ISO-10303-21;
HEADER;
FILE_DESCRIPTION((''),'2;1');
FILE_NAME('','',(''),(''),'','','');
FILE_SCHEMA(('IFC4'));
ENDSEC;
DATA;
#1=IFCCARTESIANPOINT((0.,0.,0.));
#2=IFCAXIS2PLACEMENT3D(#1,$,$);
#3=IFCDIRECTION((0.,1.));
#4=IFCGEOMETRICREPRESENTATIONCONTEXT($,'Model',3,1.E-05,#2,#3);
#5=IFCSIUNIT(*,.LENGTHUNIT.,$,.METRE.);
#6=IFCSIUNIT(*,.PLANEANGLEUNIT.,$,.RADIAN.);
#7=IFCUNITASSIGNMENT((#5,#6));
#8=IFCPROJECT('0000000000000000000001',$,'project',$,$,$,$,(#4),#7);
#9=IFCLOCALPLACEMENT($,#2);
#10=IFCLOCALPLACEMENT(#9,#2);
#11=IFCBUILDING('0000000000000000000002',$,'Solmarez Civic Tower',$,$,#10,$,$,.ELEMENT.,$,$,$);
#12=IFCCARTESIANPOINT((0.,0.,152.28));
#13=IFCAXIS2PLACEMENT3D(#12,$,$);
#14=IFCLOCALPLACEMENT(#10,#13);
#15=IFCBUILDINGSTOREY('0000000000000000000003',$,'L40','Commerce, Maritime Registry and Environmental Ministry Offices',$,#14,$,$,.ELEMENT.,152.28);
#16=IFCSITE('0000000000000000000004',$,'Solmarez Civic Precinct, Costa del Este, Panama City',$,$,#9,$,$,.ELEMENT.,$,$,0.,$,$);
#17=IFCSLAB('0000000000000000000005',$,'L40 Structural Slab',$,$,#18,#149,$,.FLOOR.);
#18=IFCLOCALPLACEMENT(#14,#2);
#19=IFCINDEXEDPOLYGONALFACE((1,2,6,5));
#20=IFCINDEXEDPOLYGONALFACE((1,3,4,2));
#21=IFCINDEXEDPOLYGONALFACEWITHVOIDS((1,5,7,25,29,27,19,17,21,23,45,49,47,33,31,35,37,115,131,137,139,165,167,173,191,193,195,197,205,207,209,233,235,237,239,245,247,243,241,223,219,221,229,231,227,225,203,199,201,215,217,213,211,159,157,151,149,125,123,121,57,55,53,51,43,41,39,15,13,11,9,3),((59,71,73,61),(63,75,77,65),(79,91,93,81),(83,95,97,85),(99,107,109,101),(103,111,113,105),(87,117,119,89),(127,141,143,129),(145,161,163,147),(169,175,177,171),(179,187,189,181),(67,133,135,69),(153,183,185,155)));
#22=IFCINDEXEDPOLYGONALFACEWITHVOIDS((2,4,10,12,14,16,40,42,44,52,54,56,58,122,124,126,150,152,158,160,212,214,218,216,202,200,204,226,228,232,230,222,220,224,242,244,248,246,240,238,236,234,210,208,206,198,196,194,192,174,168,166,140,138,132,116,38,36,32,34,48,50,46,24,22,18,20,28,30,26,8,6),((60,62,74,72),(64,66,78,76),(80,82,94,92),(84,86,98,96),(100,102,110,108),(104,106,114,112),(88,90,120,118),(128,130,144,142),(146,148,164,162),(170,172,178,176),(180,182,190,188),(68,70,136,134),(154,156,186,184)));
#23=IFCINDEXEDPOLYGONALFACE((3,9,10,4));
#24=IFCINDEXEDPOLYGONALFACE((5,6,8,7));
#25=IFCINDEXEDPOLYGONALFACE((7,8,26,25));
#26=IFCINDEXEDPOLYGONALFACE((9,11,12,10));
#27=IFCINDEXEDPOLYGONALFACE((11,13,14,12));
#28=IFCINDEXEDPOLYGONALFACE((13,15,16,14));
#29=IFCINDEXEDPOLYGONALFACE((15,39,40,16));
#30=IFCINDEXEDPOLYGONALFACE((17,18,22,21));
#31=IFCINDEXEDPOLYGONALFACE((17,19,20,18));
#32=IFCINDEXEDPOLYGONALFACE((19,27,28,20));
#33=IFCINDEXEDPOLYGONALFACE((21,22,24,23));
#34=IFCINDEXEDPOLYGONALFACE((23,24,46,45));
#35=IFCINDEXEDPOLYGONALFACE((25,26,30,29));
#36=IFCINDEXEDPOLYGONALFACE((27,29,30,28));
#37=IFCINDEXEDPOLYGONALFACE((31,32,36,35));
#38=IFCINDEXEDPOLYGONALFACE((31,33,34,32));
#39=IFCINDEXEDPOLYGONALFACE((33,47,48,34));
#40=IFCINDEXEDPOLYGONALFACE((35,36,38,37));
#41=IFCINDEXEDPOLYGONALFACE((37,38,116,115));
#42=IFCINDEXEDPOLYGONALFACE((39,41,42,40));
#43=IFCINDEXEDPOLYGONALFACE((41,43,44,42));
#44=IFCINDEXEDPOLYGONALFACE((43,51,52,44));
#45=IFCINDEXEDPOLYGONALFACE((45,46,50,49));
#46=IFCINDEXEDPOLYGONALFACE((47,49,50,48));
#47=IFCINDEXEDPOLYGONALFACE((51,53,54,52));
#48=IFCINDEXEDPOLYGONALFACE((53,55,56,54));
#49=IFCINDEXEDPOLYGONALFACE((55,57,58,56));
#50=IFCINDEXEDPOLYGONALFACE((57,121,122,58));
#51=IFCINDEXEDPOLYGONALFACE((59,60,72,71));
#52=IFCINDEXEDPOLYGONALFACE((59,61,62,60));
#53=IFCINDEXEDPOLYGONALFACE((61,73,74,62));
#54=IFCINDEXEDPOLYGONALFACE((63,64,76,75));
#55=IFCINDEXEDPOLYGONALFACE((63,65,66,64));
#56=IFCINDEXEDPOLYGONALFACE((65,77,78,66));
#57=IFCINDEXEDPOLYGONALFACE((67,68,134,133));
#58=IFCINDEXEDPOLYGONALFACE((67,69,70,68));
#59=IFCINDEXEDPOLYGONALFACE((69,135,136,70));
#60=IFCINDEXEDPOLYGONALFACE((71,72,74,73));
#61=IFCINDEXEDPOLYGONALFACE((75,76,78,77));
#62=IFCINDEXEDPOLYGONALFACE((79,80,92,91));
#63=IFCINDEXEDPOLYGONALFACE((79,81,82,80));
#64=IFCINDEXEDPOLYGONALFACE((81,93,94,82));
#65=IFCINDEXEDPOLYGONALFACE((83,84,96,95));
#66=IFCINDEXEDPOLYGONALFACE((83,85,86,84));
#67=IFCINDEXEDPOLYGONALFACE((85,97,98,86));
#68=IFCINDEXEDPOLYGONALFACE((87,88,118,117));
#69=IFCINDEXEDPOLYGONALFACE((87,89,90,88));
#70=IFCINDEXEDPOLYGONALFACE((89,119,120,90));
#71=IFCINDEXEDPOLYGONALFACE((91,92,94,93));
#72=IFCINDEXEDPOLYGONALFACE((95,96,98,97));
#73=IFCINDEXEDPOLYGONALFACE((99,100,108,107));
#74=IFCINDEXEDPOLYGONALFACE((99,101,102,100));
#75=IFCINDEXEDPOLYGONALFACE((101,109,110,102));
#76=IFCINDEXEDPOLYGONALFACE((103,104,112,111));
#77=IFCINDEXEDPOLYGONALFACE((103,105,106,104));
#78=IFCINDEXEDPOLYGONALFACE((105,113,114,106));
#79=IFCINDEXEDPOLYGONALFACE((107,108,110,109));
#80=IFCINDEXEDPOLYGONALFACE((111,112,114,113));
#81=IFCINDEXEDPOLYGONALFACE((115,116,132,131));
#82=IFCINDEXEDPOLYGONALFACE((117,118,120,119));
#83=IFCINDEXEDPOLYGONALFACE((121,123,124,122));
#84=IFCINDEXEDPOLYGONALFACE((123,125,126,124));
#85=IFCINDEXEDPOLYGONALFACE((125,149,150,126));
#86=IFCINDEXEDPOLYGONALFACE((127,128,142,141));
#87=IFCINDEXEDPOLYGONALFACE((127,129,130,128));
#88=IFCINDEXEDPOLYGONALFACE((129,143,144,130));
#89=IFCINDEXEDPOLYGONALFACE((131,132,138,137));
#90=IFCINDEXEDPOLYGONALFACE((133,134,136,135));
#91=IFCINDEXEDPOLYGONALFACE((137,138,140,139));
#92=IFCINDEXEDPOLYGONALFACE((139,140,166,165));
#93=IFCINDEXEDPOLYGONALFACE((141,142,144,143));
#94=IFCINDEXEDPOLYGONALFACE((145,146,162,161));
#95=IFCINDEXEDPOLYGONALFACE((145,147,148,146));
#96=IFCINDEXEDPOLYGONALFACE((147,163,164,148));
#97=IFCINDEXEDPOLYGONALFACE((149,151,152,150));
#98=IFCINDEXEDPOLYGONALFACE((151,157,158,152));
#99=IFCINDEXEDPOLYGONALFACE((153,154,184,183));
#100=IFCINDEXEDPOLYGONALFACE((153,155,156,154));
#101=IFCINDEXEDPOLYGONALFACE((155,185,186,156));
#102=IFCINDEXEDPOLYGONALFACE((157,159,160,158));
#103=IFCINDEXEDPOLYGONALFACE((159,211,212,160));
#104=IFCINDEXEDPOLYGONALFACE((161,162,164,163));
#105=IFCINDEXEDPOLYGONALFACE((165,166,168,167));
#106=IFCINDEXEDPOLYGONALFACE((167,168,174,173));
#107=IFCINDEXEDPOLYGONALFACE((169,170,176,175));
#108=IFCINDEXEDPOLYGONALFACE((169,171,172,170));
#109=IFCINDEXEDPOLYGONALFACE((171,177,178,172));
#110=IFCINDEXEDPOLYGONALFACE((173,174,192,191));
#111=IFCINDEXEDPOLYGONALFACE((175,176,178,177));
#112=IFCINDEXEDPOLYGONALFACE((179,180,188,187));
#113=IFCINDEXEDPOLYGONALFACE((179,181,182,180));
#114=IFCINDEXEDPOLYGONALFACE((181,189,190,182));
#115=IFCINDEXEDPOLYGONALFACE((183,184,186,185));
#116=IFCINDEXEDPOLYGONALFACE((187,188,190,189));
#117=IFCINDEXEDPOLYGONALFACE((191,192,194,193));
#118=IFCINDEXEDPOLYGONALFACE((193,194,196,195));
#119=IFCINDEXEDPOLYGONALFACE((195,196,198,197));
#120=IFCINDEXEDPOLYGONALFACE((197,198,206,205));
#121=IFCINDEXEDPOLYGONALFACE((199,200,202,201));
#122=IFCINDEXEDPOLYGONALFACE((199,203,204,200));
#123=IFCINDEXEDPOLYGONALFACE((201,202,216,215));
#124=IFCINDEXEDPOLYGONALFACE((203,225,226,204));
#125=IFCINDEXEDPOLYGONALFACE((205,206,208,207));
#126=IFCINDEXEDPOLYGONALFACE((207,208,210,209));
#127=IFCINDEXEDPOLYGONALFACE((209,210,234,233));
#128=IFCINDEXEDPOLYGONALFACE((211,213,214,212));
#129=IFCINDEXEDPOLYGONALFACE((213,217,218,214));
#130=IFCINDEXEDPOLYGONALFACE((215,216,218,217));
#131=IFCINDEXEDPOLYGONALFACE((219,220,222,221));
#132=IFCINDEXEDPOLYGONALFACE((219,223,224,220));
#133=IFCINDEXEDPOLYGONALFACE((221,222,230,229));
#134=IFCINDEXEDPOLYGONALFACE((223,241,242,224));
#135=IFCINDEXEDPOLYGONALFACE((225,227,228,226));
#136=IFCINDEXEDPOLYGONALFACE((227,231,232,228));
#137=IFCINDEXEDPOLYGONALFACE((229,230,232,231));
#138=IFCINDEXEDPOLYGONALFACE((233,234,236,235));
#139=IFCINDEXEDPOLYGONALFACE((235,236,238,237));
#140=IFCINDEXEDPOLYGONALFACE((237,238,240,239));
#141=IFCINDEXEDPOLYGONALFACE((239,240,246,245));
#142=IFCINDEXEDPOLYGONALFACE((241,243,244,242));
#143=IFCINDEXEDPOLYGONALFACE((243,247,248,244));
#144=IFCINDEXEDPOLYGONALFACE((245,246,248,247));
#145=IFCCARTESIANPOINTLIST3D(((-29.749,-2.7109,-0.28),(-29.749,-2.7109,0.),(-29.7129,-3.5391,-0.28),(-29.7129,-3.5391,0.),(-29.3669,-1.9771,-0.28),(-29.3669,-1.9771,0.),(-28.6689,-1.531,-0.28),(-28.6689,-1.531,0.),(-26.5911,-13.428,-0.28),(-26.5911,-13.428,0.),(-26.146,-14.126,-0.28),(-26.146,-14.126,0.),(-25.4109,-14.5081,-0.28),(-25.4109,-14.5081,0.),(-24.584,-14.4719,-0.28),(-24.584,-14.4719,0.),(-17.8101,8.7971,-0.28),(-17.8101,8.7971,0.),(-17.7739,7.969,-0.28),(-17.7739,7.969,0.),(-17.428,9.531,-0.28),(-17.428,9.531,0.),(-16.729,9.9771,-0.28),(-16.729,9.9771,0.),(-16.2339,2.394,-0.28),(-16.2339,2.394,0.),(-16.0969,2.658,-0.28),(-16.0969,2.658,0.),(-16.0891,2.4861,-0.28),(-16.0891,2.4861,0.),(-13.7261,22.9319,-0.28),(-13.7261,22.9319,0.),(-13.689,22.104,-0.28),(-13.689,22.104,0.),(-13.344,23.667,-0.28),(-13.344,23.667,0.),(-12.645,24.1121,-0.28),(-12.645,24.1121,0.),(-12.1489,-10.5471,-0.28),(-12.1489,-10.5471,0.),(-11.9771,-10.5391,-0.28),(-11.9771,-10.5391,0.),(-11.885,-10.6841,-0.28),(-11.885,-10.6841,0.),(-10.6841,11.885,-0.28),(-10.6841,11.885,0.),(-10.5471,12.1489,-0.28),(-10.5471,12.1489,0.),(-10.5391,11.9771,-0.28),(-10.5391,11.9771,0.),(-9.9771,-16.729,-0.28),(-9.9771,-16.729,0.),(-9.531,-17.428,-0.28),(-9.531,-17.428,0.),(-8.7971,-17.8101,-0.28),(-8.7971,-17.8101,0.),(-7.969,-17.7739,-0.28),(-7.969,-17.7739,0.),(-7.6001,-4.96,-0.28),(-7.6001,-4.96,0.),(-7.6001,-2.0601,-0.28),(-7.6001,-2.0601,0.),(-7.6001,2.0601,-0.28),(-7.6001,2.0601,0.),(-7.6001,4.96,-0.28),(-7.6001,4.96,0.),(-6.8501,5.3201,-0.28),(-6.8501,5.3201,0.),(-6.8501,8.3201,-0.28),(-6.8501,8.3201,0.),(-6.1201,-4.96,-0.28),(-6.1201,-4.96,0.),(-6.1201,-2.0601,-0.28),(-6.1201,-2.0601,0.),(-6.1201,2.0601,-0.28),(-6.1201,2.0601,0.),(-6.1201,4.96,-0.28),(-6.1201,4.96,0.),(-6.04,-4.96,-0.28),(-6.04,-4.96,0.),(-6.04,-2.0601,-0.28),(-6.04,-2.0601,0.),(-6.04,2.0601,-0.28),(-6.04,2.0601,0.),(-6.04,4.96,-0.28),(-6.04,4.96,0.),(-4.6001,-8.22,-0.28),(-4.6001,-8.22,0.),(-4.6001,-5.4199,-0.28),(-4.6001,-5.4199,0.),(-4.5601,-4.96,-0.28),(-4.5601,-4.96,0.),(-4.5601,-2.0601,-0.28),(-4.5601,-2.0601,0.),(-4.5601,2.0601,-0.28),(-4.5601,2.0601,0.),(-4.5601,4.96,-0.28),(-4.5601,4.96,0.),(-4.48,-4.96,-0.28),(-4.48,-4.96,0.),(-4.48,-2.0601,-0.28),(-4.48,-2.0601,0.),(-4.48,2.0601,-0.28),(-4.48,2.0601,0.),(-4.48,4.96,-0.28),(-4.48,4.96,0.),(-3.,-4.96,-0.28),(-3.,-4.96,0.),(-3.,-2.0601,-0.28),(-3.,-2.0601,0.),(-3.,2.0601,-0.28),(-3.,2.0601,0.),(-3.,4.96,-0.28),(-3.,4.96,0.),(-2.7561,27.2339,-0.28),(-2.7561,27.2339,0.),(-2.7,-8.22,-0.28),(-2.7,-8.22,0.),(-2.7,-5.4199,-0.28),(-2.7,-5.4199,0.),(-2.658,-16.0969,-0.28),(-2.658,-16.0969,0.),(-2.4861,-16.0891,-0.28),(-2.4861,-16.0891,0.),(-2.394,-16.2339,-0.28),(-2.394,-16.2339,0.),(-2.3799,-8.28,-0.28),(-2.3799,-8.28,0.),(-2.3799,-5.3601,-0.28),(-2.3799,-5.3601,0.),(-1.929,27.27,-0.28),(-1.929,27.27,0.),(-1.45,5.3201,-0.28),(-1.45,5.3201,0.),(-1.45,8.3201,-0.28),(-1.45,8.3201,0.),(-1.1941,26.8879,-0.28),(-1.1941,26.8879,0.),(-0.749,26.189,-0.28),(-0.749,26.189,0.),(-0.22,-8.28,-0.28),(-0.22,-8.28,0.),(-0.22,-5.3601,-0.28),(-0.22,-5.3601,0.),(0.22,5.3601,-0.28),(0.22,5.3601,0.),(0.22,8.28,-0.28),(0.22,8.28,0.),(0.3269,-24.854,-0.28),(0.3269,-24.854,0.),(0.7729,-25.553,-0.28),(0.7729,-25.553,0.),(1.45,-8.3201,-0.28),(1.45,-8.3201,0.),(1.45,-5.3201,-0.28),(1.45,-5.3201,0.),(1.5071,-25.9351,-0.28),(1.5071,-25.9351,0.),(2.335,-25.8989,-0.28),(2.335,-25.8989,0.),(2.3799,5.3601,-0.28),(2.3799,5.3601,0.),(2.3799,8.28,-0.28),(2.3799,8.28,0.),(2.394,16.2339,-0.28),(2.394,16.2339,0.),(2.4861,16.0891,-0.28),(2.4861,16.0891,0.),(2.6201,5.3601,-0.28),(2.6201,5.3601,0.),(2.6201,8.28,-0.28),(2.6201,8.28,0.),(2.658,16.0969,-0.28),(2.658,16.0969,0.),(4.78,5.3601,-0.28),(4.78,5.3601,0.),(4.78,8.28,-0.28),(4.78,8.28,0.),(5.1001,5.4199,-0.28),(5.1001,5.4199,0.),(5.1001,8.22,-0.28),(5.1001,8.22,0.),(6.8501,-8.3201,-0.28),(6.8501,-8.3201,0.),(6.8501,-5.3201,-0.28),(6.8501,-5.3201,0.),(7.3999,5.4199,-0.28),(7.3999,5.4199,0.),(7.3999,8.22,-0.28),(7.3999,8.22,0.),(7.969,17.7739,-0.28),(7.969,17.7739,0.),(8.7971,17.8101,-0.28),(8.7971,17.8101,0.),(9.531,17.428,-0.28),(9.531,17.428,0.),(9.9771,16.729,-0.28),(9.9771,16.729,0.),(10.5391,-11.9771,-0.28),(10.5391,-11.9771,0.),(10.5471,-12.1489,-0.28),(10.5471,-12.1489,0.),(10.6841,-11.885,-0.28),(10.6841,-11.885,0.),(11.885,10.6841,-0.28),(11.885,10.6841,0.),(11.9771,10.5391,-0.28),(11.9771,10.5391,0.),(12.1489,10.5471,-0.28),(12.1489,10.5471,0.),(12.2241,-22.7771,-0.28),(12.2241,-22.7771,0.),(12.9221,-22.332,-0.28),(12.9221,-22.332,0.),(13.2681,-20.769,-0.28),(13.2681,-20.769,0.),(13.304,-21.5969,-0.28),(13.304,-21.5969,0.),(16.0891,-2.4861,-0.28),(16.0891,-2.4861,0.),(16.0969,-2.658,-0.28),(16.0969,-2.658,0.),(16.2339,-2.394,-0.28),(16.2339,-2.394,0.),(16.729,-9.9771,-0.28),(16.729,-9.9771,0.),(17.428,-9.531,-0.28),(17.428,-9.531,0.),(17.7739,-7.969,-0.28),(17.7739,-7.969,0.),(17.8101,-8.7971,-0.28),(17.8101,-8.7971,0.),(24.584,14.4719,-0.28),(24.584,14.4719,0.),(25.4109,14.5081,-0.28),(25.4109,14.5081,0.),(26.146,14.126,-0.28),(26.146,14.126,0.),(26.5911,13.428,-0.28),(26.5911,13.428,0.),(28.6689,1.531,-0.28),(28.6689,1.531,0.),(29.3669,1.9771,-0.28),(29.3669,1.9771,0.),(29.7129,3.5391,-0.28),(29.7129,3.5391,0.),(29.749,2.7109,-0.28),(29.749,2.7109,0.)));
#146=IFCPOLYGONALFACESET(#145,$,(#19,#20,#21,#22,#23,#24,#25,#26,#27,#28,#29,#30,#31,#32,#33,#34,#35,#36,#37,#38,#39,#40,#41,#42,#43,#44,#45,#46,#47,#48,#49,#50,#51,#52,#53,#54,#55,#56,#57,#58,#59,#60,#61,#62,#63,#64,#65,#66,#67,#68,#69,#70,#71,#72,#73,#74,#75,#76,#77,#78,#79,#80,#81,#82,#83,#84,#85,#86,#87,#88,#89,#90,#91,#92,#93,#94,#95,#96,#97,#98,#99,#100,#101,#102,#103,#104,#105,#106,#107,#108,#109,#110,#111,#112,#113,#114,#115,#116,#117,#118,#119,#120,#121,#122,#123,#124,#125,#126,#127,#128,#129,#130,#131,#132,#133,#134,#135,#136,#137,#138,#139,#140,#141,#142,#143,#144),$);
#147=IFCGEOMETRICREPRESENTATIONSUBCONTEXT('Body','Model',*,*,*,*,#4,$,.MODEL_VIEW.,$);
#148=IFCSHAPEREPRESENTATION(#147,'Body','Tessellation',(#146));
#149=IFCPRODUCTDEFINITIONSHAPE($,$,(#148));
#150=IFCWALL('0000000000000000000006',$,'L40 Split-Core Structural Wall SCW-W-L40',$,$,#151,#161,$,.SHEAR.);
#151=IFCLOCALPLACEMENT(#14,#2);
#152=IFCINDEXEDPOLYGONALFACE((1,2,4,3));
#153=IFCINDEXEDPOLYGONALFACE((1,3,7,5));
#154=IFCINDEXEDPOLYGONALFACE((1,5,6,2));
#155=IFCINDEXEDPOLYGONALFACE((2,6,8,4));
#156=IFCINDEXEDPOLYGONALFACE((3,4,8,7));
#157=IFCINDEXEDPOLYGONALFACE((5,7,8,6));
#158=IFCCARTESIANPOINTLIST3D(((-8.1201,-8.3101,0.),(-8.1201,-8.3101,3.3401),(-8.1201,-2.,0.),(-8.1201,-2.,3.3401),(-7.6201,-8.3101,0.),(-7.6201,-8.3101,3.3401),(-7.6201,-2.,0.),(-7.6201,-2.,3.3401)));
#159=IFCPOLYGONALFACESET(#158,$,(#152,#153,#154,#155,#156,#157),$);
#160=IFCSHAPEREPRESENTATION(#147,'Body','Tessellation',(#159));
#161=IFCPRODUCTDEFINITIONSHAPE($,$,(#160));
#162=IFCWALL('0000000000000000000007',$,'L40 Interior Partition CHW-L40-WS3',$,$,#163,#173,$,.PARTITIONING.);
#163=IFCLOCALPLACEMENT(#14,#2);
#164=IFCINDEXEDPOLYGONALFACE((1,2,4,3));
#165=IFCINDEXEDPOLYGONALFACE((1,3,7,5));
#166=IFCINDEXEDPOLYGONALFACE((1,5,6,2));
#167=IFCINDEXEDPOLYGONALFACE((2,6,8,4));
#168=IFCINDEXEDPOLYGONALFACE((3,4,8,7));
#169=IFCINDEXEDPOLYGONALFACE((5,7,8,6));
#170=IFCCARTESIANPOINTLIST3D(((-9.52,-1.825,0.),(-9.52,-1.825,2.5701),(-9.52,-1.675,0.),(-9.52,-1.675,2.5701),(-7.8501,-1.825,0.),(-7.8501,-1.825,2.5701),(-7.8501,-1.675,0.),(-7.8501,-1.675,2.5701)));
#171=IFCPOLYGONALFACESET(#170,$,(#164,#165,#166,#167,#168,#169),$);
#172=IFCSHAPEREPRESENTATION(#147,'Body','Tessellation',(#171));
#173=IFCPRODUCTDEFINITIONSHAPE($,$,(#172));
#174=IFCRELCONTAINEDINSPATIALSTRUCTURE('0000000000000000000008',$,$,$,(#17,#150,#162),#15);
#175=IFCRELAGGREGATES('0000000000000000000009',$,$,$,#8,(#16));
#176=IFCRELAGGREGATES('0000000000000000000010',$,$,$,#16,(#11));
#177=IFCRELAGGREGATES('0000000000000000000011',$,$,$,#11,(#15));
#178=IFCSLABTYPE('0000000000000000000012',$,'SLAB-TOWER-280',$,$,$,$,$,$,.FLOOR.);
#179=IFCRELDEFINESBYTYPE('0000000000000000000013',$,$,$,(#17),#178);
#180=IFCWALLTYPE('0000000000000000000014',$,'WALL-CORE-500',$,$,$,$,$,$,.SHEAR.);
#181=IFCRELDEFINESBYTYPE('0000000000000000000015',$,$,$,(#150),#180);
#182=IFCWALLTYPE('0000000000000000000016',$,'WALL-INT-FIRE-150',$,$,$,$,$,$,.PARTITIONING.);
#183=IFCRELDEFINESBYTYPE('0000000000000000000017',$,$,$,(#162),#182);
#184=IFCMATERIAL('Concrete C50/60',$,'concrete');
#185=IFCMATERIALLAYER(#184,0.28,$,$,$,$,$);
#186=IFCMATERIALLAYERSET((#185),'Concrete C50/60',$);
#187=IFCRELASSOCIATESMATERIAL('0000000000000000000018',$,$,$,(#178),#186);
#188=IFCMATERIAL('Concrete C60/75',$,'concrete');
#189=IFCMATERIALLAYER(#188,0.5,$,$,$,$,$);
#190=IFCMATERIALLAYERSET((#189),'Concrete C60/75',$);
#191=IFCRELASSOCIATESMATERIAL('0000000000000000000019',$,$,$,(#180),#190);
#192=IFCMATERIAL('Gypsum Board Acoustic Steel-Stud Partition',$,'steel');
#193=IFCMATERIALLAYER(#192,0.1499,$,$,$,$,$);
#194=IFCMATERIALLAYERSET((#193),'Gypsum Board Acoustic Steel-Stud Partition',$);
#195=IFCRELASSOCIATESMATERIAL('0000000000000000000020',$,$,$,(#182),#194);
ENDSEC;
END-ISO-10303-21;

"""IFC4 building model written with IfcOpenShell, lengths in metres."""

from ifc_helpers import new_model, si_unit, direction, frame, frame_2d, origin, place, context, subcontext, project, spatial, polyline, rectangle, outline, extrude, material, layer, layer_set, type_object, element, save


model = new_model("IFC4")

# Units and contexts
model_context = context("Model", 3, precision=1e-05, world=origin(), true_north=direction((0.0, 1.0)))
body_context = subcontext(model_context, "Body", "Model", "MODEL_VIEW")
ifc_project = project(units=[si_unit("LENGTHUNIT", "METRE"), si_unit("PLANEANGLEUNIT", "RADIAN")], contexts=[model_context])

# Site, building, storey
site_placement = place(None, origin())
site = spatial("IfcSite", under=ifc_project, at=site_placement, Name="Solmarez Civic Precinct, Costa del Este, Panama City", CompositionType="ELEMENT", RefElevation=0.0)
building_placement = place(site_placement, origin())
building = spatial("IfcBuilding", under=site, at=building_placement, Name="Solmarez Civic Tower", CompositionType="ELEMENT")
storey_placement = place(building_placement, frame((0.0, 0.0, 152.28)))
storey = spatial("IfcBuildingStorey", under=building, at=storey_placement, Name="L40", Description="Commerce, Maritime Registry and Environmental Ministry Offices", CompositionType="ELEMENT", Elevation=152.28)

# Shared definitions
ifc_material_1 = material(Name="Concrete C50/60", Category="concrete")

# Slab
ifc_layer_1 = layer(ifc_material_1, 0.28)
ifc_layer_set_1 = layer_set([ifc_layer_1], Name="Concrete C50/60")
slab_type = type_object("IfcSlabType", Name="SLAB-TOWER-280", PredefinedType="FLOOR", material=ifc_layer_set_1)
slab_placement = place(storey_placement, frame((0.0, 0.0, -0.28)))
element("IfcSlab", 1, at=slab_placement, inside=storey, type_object=slab_type, Name="L40 Structural Slab", PredefinedType="FLOOR", context=body_context, shape_type="SweptSolid", body=[
    extrude(outline(polyline([(-11.885, -10.6841), (-9.9771, -16.729), (-9.531, -17.428), (-8.7971, -17.8101), (-7.969, -17.7739), (-2.658, -16.0969), (-2.4861, -16.0891), (-2.394, -16.2339), (0.3269, -24.854), (0.7729, -25.553), (1.5071, -25.9351), (2.335, -25.8989), (12.2241, -22.7771), (12.9221, -22.332), (13.304, -21.5969), (13.2681, -20.769), (10.5471, -12.1489), (10.5391, -11.9771), (10.6841, -11.885), (16.729, -9.9771), (17.428, -9.531), (17.8101, -8.7971), (17.7739, -7.969), (16.0969, -2.658), (16.0891, -2.4861), (16.2339, -2.394), (28.6689, 1.531), (29.3669, 1.9771), (29.749, 2.7109), (29.7129, 3.5391), (26.5911, 13.428), (26.146, 14.126), (25.4109, 14.5081), (24.584, 14.4719), (12.1489, 10.5471), (11.9771, 10.5391), (11.885, 10.6841), (9.9771, 16.729), (9.531, 17.428), (8.7971, 17.8101), (7.969, 17.7739), (2.658, 16.0969), (2.4861, 16.0891), (2.394, 16.2339), (-0.749, 26.189), (-1.1941, 26.8879), (-1.929, 27.27), (-2.7561, 27.2339), (-12.645, 24.1121), (-13.344, 23.667), (-13.7261, 22.9319), (-13.689, 22.104), (-10.5471, 12.1489), (-10.5391, 11.9771), (-10.6841, 11.885), (-16.729, 9.9771), (-17.428, 9.531), (-17.8101, 8.7971), (-17.7739, 7.969), (-16.0969, 2.658), (-16.0891, 2.4861), (-16.2339, 2.394), (-28.6689, -1.531), (-29.3669, -1.9771), (-29.749, -2.7109), (-29.7129, -3.5391), (-26.5911, -13.428), (-26.146, -14.126), (-25.4109, -14.5081), (-24.584, -14.4719), (-12.1489, -10.5471), (-11.9771, -10.5391), (-11.885, -10.6841)]), holes=[polyline([(-1.45, 8.3201), (-6.8501, 8.3201), (-6.8501, 5.3201), (-1.45, 5.3201), (-1.45, 8.3201)]), polyline([(1.45, -8.3201), (6.8501, -8.3201), (6.8501, -5.3201), (1.45, -5.3201), (1.45, -8.3201)]), polyline([(0.22, 5.3601), (2.3799, 5.3601), (2.3799, 8.28), (0.22, 8.28), (0.22, 5.3601)]), polyline([(2.6201, 5.3601), (4.78, 5.3601), (4.78, 8.28), (2.6201, 8.28), (2.6201, 5.3601)]), polyline([(-2.3799, -8.28), (-0.22, -8.28), (-0.22, -5.3601), (-2.3799, -5.3601), (-2.3799, -8.28)]), polyline([(-7.6001, -4.96), (-6.1201, -4.96), (-6.1201, -2.0601), (-7.6001, -2.0601), (-7.6001, -4.96)]), polyline([(-6.04, -4.96), (-4.5601, -4.96), (-4.5601, -2.0601), (-6.04, -2.0601), (-6.04, -4.96)]), polyline([(-4.48, -4.96), (-3.0, -4.96), (-3.0, -2.0601), (-4.48, -2.0601), (-4.48, -4.96)]), polyline([(-7.6001, 2.0601), (-6.1201, 2.0601), (-6.1201, 4.96), (-7.6001, 4.96), (-7.6001, 2.0601)]), polyline([(-6.04, 2.0601), (-4.5601, 2.0601), (-4.5601, 4.96), (-6.04, 4.96), (-6.04, 2.0601)]), polyline([(-4.48, 2.0601), (-3.0, 2.0601), (-3.0, 4.96), (-4.48, 4.96), (-4.48, 2.0601)]), polyline([(5.1001, 5.4199), (7.3999, 5.4199), (7.3999, 8.22), (5.1001, 8.22), (5.1001, 5.4199)]), polyline([(-4.6001, -8.22), (-2.7, -8.22), (-2.7, -5.4199), (-4.6001, -5.4199), (-4.6001, -8.22)])]), origin(), (0.0, 0.0, 1.0), 0.28),
])

# Shared definitions
ifc_material_2 = material(Name="Concrete C60/75", Category="concrete")
ifc_layer_2 = layer(ifc_material_2, 0.5)
ifc_layer_set_2 = layer_set([ifc_layer_2], Name="Concrete C60/75")
wall_type_1 = type_object("IfcWallType", Name="WALL-CORE-500", PredefinedType="SHEAR", material=ifc_layer_set_2)

# Walls
wall_1_placement = place(storey_placement, frame((-7.8701, -8.3101, 0.0), z_axis=(0.0, 0.0, 1.0), x_axis=(0.0, 1.0, 0.0)))
element("IfcWall", 2, at=wall_1_placement, inside=storey, type_object=wall_type_1, Name="L40 Split-Core Structural Wall SCW-W-L40", PredefinedType="SHEAR", context=body_context, shape_type="SweptSolid", body=[
    extrude(rectangle(XDim=6.3101, YDim=0.5, at=frame_2d((3.155, 0.0))), origin(), (0.0, 0.0, 1.0), 3.3401),
])
ifc_material_3 = material(Name="Gypsum Board Acoustic Steel-Stud Partition", Category="steel")
ifc_layer_3 = layer(ifc_material_3, 0.1499)
ifc_layer_set_3 = layer_set([ifc_layer_3], Name="Gypsum Board Acoustic Steel-Stud Partition")
wall_type_2 = type_object("IfcWallType", Name="WALL-INT-FIRE-150", PredefinedType="PARTITIONING", material=ifc_layer_set_3)
wall_2_placement = place(storey_placement, frame((-7.8501, -1.75, 0.0), z_axis=(0.0, 0.0, 1.0), x_axis=(-1.0, 0.0, 0.0)))
element("IfcWall", 3, at=wall_2_placement, inside=storey, type_object=wall_type_2, Name="L40 Interior Partition CHW-L40-WS3", PredefinedType="PARTITIONING", context=body_context, shape_type="SweptSolid", body=[
    extrude(rectangle(XDim=1.6699, YDim=0.1499, at=frame_2d((0.835, 0.0))), origin(), (0.0, 0.0, 1.0), 2.5701),
])

save(model, "model.ifc")
